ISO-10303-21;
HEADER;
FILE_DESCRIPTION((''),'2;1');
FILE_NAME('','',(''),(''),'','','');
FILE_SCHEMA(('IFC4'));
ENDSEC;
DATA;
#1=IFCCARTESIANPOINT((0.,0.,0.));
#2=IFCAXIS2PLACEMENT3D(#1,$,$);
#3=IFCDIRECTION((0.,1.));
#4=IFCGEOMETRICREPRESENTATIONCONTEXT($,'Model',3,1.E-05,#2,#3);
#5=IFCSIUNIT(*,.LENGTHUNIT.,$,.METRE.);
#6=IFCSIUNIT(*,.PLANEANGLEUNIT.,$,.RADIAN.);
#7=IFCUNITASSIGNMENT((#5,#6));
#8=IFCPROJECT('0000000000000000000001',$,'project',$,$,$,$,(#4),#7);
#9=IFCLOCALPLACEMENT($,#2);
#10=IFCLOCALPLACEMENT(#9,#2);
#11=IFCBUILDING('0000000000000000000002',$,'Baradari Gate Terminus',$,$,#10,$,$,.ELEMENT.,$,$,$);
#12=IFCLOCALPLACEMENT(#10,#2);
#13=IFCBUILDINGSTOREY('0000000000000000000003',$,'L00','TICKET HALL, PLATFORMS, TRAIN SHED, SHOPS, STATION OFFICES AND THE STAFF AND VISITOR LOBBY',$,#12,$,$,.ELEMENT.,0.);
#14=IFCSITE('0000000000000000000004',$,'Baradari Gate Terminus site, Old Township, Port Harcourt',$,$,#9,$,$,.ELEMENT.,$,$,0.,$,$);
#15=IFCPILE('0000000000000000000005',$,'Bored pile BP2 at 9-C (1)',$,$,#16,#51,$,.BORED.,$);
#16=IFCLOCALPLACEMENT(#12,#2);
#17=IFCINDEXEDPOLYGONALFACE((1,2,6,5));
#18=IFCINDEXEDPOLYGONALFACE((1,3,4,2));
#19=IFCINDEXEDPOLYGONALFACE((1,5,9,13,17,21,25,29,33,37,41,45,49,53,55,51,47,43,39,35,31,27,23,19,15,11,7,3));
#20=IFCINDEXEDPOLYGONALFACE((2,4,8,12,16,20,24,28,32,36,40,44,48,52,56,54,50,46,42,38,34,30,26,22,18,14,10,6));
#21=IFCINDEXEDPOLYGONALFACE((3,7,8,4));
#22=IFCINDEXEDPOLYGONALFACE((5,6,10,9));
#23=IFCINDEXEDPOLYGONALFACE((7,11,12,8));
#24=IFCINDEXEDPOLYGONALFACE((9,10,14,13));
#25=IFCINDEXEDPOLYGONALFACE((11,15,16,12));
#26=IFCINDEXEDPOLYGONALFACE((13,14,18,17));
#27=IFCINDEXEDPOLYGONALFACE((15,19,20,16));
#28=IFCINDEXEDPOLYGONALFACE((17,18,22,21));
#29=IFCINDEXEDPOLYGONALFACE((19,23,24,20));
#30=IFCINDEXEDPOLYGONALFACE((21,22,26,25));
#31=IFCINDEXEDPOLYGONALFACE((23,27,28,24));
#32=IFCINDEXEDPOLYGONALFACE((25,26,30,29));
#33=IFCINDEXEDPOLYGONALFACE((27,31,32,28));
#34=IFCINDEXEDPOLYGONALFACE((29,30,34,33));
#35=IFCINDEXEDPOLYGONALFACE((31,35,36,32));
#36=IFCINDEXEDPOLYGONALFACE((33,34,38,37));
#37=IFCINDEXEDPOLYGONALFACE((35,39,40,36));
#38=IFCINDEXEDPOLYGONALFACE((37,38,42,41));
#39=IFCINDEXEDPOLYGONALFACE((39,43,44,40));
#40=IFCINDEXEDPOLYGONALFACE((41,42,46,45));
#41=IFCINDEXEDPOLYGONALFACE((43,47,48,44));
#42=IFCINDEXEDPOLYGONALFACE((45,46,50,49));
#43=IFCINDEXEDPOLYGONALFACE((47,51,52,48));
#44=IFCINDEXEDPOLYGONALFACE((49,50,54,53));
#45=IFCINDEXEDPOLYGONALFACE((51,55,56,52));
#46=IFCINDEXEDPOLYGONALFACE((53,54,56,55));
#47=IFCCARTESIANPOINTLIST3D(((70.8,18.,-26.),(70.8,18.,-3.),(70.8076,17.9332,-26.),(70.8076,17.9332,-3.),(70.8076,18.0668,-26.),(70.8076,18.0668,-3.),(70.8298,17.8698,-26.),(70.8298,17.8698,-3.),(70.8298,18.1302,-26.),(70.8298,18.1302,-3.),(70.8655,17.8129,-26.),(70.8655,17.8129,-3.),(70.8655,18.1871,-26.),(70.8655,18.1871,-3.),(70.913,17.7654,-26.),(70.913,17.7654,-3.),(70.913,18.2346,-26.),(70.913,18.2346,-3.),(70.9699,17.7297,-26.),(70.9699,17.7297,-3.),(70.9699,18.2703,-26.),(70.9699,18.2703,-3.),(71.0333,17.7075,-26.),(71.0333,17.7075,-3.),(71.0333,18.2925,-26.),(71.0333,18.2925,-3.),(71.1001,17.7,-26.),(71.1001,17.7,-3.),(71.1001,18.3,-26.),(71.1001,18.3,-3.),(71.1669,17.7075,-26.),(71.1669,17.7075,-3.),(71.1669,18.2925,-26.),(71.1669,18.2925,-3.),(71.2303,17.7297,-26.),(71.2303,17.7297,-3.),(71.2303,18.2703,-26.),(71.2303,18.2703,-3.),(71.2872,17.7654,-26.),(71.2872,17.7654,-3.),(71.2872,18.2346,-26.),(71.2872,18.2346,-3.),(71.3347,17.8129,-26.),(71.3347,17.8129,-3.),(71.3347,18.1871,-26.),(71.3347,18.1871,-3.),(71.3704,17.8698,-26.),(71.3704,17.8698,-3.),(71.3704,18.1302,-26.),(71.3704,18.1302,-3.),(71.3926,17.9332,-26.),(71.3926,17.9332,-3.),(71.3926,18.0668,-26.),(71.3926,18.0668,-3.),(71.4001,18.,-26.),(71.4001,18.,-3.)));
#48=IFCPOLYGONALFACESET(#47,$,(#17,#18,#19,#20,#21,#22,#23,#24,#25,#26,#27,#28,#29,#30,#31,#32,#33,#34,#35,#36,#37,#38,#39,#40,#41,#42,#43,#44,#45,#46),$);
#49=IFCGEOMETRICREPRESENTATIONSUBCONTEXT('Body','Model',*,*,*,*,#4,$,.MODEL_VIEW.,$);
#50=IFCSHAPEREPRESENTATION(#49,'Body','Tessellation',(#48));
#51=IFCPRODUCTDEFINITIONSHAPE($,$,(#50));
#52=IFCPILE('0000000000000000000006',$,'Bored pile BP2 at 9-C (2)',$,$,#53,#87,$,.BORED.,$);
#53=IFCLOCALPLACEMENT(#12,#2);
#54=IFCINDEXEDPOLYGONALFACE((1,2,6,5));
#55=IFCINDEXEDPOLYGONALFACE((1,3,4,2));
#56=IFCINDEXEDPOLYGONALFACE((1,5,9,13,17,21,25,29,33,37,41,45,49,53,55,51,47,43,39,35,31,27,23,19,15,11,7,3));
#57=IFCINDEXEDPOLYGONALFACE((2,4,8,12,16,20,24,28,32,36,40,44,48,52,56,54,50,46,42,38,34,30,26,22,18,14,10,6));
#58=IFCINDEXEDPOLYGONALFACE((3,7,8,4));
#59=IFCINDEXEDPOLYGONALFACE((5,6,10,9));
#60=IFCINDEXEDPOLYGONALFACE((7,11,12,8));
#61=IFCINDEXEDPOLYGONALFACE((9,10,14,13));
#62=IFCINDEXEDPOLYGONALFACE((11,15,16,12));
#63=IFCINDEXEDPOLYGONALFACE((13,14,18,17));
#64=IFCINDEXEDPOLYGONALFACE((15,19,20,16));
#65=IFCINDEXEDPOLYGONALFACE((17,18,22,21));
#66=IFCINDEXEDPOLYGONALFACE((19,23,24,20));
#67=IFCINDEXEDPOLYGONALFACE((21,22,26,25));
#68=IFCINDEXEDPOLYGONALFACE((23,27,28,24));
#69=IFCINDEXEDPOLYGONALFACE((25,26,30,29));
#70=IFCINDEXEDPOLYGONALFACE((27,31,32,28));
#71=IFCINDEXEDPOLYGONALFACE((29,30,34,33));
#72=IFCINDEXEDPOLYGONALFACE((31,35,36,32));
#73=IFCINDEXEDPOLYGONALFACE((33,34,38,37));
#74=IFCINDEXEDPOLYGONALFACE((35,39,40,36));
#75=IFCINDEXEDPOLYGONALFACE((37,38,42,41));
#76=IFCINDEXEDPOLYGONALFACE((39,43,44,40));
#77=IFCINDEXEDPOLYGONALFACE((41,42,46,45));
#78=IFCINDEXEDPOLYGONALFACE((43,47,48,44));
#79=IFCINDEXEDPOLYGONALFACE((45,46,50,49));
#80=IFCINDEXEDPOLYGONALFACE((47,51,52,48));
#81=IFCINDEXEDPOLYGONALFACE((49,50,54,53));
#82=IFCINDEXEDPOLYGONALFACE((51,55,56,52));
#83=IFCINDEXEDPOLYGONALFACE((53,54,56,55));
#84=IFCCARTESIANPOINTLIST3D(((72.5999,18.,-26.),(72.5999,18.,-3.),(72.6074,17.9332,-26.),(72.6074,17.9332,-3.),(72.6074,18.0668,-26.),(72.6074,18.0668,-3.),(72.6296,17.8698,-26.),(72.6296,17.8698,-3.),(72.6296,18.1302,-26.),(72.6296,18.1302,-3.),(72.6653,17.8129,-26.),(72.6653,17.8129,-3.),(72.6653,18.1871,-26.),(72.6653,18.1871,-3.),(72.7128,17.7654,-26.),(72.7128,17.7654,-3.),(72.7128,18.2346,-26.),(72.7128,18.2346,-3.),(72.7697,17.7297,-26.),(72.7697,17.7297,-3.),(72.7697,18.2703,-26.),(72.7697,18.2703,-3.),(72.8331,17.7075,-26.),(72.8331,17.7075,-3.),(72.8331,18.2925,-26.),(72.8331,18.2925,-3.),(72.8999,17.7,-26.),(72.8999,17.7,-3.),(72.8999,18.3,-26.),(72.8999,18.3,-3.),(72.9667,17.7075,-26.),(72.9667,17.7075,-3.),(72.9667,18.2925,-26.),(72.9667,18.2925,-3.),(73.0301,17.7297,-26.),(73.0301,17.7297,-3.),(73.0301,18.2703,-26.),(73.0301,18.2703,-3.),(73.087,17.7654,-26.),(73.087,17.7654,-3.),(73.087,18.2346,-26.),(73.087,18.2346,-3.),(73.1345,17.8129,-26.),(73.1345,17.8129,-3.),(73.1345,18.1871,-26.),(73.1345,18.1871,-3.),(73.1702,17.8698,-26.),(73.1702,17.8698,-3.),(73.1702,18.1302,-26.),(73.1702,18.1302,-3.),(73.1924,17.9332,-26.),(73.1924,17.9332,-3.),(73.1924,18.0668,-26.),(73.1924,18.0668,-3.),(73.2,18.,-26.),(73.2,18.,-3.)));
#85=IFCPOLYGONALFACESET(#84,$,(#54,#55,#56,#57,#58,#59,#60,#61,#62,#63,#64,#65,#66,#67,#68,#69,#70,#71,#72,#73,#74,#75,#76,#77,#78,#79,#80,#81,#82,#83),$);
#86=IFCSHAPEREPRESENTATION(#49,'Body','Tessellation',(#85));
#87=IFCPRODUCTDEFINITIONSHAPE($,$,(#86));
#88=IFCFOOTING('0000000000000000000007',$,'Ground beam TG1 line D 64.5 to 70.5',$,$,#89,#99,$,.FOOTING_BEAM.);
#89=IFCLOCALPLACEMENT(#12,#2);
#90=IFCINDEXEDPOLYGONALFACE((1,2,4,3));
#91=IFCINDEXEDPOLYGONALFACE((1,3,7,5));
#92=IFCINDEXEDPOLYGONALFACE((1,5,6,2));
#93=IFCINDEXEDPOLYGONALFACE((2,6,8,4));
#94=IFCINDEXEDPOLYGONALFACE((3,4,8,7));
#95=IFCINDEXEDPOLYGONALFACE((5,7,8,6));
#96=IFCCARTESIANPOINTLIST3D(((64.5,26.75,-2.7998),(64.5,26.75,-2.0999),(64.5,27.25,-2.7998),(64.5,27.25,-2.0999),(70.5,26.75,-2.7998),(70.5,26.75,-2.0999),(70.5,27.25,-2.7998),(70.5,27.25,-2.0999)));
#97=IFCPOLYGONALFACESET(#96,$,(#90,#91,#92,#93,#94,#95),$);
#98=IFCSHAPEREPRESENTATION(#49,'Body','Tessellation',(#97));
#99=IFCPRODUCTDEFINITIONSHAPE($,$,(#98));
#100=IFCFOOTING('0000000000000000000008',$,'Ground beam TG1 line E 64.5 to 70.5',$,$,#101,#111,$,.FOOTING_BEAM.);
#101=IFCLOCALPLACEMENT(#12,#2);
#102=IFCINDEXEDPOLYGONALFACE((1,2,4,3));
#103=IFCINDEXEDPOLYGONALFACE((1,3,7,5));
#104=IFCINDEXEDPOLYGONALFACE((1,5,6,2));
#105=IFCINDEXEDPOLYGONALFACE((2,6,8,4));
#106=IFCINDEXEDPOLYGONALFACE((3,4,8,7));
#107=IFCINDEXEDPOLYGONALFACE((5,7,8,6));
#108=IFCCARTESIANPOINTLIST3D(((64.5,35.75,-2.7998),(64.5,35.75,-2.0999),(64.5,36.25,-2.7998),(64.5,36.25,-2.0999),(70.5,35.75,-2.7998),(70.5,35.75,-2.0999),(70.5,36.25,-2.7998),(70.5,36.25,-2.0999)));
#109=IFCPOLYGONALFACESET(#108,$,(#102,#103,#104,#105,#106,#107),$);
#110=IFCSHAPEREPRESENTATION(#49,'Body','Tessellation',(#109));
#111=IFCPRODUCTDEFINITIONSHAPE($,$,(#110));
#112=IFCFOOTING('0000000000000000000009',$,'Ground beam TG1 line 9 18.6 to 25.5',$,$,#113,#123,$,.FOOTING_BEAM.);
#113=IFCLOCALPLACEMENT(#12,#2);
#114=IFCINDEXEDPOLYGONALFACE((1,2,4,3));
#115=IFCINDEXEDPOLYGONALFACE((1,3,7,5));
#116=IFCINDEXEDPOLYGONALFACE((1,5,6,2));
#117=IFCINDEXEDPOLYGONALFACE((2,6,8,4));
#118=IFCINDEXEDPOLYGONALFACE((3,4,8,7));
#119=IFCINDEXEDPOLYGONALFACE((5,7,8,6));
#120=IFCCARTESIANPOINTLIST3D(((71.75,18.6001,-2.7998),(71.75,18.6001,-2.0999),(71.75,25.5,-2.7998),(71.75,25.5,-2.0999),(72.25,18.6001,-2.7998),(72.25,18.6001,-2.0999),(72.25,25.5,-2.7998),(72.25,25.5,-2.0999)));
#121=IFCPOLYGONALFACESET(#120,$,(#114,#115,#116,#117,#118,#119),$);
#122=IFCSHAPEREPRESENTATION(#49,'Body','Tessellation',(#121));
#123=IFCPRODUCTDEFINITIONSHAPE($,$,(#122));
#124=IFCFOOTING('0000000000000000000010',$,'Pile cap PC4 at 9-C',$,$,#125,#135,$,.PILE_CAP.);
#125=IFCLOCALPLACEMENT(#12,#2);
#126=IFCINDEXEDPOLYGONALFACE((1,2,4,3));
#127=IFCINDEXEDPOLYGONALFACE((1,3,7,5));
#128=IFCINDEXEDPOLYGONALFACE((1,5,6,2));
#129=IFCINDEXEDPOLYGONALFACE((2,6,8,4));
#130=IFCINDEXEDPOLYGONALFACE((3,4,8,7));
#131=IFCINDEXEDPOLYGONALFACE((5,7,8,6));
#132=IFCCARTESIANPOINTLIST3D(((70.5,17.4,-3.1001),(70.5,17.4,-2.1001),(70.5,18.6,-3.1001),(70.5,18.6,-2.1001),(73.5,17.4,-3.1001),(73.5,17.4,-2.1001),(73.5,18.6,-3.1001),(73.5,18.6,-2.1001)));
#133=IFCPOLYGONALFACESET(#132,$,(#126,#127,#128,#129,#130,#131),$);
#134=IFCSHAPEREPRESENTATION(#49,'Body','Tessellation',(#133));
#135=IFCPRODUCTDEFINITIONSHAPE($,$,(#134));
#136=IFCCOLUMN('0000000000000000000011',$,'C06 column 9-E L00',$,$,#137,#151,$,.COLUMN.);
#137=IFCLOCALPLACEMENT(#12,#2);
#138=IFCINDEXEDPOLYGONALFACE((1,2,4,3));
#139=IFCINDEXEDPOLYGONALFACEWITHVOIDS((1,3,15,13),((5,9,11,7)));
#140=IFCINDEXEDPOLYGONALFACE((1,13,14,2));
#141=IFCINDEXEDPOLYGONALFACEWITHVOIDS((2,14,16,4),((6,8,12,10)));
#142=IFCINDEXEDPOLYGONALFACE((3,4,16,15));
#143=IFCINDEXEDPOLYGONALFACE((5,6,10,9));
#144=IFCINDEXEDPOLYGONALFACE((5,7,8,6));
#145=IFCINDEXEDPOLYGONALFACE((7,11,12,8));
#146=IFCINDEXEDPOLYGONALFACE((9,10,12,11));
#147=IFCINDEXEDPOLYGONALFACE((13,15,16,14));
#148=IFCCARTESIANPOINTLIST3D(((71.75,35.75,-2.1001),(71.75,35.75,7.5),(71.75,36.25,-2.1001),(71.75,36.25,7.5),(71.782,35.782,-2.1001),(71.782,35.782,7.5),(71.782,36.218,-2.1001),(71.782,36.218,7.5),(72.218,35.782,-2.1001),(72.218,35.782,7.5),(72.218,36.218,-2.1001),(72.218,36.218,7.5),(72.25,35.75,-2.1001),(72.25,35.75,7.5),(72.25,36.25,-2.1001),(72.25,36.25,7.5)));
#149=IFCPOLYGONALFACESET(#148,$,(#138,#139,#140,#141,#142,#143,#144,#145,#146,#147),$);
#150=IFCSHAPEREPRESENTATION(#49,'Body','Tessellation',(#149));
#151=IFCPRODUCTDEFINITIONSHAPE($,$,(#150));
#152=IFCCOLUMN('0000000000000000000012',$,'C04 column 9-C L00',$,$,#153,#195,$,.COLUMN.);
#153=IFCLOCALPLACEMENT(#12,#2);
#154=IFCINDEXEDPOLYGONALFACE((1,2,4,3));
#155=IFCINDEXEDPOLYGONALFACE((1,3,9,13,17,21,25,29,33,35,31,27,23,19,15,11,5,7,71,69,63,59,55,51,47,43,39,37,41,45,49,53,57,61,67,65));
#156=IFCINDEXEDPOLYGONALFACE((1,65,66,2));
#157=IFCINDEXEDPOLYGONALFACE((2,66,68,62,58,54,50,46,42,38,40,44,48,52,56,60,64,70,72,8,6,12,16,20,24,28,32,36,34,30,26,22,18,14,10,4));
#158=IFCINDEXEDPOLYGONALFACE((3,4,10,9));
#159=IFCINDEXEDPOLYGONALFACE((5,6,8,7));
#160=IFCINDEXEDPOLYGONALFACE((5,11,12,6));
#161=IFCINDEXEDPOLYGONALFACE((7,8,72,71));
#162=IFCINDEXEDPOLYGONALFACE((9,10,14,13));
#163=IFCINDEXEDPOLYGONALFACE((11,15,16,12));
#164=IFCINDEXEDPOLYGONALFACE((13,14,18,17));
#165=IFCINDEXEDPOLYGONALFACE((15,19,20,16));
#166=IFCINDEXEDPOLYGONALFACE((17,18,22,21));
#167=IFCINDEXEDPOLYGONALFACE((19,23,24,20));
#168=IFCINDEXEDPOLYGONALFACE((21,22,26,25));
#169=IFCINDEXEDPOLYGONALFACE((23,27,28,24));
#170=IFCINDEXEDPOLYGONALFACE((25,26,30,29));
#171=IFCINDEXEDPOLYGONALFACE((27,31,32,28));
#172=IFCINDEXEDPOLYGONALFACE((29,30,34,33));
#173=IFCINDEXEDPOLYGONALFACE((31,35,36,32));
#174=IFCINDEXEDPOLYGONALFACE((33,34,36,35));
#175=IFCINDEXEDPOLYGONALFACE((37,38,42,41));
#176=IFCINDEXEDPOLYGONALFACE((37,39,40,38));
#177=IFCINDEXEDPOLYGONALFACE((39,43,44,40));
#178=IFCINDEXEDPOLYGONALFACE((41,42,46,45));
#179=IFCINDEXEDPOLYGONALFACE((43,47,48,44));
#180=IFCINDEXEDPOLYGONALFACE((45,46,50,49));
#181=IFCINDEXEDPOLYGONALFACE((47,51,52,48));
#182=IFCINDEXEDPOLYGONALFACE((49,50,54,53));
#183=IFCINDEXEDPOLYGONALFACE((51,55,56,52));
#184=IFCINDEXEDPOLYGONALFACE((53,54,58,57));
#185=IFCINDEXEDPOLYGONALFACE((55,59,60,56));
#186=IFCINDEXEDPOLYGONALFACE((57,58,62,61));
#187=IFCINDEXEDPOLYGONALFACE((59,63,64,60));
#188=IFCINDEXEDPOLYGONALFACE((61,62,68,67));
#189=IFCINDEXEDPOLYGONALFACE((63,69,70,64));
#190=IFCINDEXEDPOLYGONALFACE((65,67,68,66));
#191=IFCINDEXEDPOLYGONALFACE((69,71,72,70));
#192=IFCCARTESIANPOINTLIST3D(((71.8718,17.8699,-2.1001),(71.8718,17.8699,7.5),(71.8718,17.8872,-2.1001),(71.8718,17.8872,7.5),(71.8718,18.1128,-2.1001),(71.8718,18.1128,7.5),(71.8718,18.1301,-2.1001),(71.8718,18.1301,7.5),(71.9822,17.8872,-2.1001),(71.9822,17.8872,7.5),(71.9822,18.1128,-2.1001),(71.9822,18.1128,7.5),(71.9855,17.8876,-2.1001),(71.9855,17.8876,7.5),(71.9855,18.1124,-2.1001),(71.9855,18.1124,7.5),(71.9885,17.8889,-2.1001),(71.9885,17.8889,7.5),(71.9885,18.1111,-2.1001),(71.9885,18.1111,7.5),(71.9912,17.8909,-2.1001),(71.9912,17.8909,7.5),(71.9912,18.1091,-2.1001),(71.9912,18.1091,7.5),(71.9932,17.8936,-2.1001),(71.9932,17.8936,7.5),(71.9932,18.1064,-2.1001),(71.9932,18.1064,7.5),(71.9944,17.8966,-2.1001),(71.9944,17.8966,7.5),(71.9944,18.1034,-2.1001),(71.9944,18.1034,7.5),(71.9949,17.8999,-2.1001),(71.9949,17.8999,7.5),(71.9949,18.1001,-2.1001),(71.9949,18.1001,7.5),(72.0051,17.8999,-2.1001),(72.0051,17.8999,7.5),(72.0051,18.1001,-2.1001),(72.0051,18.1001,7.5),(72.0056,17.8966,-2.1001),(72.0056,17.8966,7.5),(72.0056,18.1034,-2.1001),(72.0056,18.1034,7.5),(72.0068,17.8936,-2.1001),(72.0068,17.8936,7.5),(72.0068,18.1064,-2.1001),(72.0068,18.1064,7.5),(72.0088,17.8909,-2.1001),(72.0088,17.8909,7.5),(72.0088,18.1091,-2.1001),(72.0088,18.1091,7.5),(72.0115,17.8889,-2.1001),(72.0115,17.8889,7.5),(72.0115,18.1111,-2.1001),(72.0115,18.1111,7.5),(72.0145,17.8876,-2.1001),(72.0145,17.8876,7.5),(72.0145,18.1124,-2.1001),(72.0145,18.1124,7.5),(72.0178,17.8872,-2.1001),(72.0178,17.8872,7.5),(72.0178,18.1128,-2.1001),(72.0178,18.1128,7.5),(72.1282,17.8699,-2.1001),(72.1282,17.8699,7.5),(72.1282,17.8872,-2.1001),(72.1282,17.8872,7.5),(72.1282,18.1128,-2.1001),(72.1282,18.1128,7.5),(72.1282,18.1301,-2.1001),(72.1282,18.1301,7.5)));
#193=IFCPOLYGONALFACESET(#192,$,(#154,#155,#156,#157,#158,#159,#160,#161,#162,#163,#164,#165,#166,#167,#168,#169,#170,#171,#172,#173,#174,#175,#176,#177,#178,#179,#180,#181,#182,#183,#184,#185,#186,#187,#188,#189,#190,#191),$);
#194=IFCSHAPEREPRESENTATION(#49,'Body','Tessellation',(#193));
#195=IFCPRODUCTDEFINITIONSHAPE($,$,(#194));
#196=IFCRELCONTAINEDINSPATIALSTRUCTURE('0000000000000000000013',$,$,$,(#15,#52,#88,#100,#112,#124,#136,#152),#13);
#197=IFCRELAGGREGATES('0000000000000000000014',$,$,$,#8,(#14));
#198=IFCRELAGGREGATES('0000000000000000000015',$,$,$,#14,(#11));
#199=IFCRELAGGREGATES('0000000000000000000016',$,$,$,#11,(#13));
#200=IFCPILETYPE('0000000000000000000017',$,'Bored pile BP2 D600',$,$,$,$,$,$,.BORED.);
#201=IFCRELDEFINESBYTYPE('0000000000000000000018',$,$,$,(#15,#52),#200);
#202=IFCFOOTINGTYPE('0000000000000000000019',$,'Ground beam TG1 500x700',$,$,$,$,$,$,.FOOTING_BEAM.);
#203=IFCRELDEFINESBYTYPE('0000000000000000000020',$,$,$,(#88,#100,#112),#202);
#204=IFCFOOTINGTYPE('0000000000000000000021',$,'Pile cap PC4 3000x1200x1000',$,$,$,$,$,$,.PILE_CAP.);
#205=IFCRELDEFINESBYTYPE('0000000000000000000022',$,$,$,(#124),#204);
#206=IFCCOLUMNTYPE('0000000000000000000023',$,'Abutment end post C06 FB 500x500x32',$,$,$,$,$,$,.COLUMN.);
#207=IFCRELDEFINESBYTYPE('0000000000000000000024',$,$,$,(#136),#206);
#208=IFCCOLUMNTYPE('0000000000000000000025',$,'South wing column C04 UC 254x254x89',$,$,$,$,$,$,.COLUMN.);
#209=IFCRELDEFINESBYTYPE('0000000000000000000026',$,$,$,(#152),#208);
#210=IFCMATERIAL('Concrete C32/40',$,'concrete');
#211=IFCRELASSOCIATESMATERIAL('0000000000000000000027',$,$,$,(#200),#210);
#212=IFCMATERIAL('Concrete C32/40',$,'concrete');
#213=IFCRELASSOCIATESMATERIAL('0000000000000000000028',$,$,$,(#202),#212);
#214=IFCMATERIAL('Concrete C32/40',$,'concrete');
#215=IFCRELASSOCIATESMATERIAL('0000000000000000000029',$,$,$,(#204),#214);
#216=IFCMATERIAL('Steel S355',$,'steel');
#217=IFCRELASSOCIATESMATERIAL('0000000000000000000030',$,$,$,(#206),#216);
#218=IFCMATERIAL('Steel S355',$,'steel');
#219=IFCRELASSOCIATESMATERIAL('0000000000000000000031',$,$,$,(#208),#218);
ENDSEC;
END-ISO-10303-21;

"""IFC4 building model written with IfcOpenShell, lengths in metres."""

from ifc_helpers import new_model, si_unit, direction, frame, origin, origin_2d, place, context, subcontext, project, spatial, rectangle, hollow_rectangle, circle, i_section, extrude, material, material_profile, profile_set, type_object, element, save


model = new_model("IFC4")

# Units and contexts
model_context = context("Model", 3, precision=1e-05, world=origin(), true_north=direction((0.0, 1.0)))
body_context = subcontext(model_context, "Body", "Model", "MODEL_VIEW")
ifc_project = project(units=[si_unit("LENGTHUNIT", "METRE"), si_unit("PLANEANGLEUNIT", "RADIAN")], contexts=[model_context])

# Site, building, storey
site_placement = place(None, origin())
site = spatial("IfcSite", under=ifc_project, at=site_placement, Name="Baradari Gate Terminus site, Old Township, Port Harcourt", CompositionType="ELEMENT", RefElevation=0.0)
building_placement = place(site_placement, origin())
building = spatial("IfcBuilding", under=site, at=building_placement, Name="Baradari Gate Terminus", CompositionType="ELEMENT")
storey_placement = place(building_placement, origin())
storey = spatial("IfcBuildingStorey", under=building, at=storey_placement, Name="L00", Description="TICKET HALL, PLATFORMS, TRAIN SHED, SHOPS, STATION OFFICES AND THE STAFF AND VISITOR LOBBY", CompositionType="ELEMENT", Elevation=0.0)

# Piles
ifc_material_1 = material(Name="Concrete C32/40", Category="concrete")
pile_type_1 = type_object("IfcPileType", Name="Bored pile BP2 D600", PredefinedType="BORED", material=ifc_material_1)
for number, where, z_axis, x_axis, name in (
    (1, (71.1001, 18.0, -3.0), (0.0, 0.0, -1.0), (1.0, 0.0, 0.0), "Bored pile BP2 at 9-C (1)"),
    (2, (72.8999, 18.0, -3.0), (0.0, 0.0, -1.0), (1.0, 0.0, 0.0), "Bored pile BP2 at 9-C (2)"),
):
    element("IfcPile", number, at=place(storey_placement, frame(where, z_axis=z_axis, x_axis=x_axis)), inside=storey, type_object=pile_type_1, Name=name, PredefinedType="BORED", context=body_context, shape_type="SweptSolid", body=[
        extrude(circle(Radius=0.3, at=origin_2d()), origin(), (0.0, 0.0, 1.0), 23.0),
    ])

# Footings
ifc_material_2 = material(Name="Concrete C32/40", Category="concrete")
footing_type_1 = type_object("IfcFootingType", Name="Ground beam TG1 500x700", PredefinedType="FOOTING_BEAM", material=ifc_material_2)
for number, where, z_axis, x_axis, name in (
    (3, (67.5, 27.0, -2.7998), (0.0, 0.0, 1.0), (1.0, 0.0, 0.0), "Ground beam TG1 line D 64.5 to 70.5"),
    (4, (67.5, 36.0, -2.7998), (0.0, 0.0, 1.0), (1.0, 0.0, 0.0), "Ground beam TG1 line E 64.5 to 70.5"),
):
    element("IfcFooting", number, at=place(storey_placement, frame(where, z_axis=z_axis, x_axis=x_axis)), inside=storey, type_object=footing_type_1, Name=name, PredefinedType="FOOTING_BEAM", context=body_context, shape_type="SweptSolid", body=[
        extrude(rectangle(XDim=6.0, YDim=0.5, at=origin_2d()), origin(), (0.0, 0.0, 1.0), 0.7),
    ])
footing_1_placement = place(storey_placement, frame((72.0, 22.05, -2.7998), z_axis=(0.0, 0.0, 1.0), x_axis=(1.0, 0.0, 0.0)))
element("IfcFooting", 5, at=footing_1_placement, inside=storey, type_object=footing_type_1, Name="Ground beam TG1 line 9 18.6 to 25.5", PredefinedType="FOOTING_BEAM", context=body_context, shape_type="SweptSolid", body=[
    extrude(rectangle(XDim=0.5, YDim=6.8999, at=origin_2d()), origin(), (0.0, 0.0, 1.0), 0.7),
])
ifc_material_3 = material(Name="Concrete C32/40", Category="concrete")
footing_type_2 = type_object("IfcFootingType", Name="Pile cap PC4 3000x1200x1000", PredefinedType="PILE_CAP", material=ifc_material_3)
footing_2_placement = place(storey_placement, frame((72.0, 18.0, -3.1001), z_axis=(0.0, 0.0, 1.0), x_axis=(1.0, 0.0, 0.0)))
element("IfcFooting", 6, at=footing_2_placement, inside=storey, type_object=footing_type_2, Name="Pile cap PC4 at 9-C", PredefinedType="PILE_CAP", context=body_context, shape_type="SweptSolid", body=[
    extrude(rectangle(XDim=3.0, YDim=1.2, at=origin_2d()), origin(), (0.0, 0.0, 1.0), 1.0),
])

# Columns
ifc_material_4 = material(Name="Steel S355", Category="steel")
ifc_material_profile_1 = material_profile(ifc_material_4, hollow_rectangle(XDim=0.5, YDim=0.5, WallThickness=0.032, at=origin_2d()), Name="FB 500x500x32")
ifc_profile_set_1 = profile_set([ifc_material_profile_1], Name="Steel S355")
column_type_1 = type_object("IfcColumnType", Name="Abutment end post C06 FB 500x500x32", PredefinedType="COLUMN", material=ifc_profile_set_1)
column_1_placement = place(storey_placement, frame((72.0, 36.0, -2.1001), z_axis=(0.0, 0.0, 1.0), x_axis=(1.0, 0.0, 0.0)))
element("IfcColumn", 7, at=column_1_placement, inside=storey, type_object=column_type_1, Name="C06 column 9-E L00", PredefinedType="COLUMN", context=body_context, shape_type="SweptSolid", body=[
    extrude(hollow_rectangle(XDim=0.5, YDim=0.5, WallThickness=0.032, at=origin_2d()), origin(), (0.0, 0.0, 1.0), 9.6001),
])
ifc_material_5 = material(Name="Steel S355", Category="steel")
ifc_material_profile_2 = material_profile(ifc_material_5, i_section(OverallWidth=0.2563, OverallDepth=0.2603, WebThickness=0.0103, FlangeThickness=0.0173, FilletRadius=0.0127, at=origin_2d()), Name="UC 254x254x89")
ifc_profile_set_2 = profile_set([ifc_material_profile_2], Name="Steel S355")
column_type_2 = type_object("IfcColumnType", Name="South wing column C04 UC 254x254x89", PredefinedType="COLUMN", material=ifc_profile_set_2)
column_2_placement = place(storey_placement, frame((72.0, 18.0, -2.1001), z_axis=(0.0, 0.0, 1.0), x_axis=(1.0, 0.0, 0.0)))
element("IfcColumn", 8, at=column_2_placement, inside=storey, type_object=column_type_2, Name="C04 column 9-C L00", PredefinedType="COLUMN", context=body_context, shape_type="SweptSolid", body=[
    extrude(i_section(OverallWidth=0.2563, OverallDepth=0.2603, WebThickness=0.0103, FlangeThickness=0.0173, FilletRadius=0.0127, at=origin_2d()), origin(), (0.0, 0.0, 1.0), 9.6001),
])

save(model, "model.ifc")
